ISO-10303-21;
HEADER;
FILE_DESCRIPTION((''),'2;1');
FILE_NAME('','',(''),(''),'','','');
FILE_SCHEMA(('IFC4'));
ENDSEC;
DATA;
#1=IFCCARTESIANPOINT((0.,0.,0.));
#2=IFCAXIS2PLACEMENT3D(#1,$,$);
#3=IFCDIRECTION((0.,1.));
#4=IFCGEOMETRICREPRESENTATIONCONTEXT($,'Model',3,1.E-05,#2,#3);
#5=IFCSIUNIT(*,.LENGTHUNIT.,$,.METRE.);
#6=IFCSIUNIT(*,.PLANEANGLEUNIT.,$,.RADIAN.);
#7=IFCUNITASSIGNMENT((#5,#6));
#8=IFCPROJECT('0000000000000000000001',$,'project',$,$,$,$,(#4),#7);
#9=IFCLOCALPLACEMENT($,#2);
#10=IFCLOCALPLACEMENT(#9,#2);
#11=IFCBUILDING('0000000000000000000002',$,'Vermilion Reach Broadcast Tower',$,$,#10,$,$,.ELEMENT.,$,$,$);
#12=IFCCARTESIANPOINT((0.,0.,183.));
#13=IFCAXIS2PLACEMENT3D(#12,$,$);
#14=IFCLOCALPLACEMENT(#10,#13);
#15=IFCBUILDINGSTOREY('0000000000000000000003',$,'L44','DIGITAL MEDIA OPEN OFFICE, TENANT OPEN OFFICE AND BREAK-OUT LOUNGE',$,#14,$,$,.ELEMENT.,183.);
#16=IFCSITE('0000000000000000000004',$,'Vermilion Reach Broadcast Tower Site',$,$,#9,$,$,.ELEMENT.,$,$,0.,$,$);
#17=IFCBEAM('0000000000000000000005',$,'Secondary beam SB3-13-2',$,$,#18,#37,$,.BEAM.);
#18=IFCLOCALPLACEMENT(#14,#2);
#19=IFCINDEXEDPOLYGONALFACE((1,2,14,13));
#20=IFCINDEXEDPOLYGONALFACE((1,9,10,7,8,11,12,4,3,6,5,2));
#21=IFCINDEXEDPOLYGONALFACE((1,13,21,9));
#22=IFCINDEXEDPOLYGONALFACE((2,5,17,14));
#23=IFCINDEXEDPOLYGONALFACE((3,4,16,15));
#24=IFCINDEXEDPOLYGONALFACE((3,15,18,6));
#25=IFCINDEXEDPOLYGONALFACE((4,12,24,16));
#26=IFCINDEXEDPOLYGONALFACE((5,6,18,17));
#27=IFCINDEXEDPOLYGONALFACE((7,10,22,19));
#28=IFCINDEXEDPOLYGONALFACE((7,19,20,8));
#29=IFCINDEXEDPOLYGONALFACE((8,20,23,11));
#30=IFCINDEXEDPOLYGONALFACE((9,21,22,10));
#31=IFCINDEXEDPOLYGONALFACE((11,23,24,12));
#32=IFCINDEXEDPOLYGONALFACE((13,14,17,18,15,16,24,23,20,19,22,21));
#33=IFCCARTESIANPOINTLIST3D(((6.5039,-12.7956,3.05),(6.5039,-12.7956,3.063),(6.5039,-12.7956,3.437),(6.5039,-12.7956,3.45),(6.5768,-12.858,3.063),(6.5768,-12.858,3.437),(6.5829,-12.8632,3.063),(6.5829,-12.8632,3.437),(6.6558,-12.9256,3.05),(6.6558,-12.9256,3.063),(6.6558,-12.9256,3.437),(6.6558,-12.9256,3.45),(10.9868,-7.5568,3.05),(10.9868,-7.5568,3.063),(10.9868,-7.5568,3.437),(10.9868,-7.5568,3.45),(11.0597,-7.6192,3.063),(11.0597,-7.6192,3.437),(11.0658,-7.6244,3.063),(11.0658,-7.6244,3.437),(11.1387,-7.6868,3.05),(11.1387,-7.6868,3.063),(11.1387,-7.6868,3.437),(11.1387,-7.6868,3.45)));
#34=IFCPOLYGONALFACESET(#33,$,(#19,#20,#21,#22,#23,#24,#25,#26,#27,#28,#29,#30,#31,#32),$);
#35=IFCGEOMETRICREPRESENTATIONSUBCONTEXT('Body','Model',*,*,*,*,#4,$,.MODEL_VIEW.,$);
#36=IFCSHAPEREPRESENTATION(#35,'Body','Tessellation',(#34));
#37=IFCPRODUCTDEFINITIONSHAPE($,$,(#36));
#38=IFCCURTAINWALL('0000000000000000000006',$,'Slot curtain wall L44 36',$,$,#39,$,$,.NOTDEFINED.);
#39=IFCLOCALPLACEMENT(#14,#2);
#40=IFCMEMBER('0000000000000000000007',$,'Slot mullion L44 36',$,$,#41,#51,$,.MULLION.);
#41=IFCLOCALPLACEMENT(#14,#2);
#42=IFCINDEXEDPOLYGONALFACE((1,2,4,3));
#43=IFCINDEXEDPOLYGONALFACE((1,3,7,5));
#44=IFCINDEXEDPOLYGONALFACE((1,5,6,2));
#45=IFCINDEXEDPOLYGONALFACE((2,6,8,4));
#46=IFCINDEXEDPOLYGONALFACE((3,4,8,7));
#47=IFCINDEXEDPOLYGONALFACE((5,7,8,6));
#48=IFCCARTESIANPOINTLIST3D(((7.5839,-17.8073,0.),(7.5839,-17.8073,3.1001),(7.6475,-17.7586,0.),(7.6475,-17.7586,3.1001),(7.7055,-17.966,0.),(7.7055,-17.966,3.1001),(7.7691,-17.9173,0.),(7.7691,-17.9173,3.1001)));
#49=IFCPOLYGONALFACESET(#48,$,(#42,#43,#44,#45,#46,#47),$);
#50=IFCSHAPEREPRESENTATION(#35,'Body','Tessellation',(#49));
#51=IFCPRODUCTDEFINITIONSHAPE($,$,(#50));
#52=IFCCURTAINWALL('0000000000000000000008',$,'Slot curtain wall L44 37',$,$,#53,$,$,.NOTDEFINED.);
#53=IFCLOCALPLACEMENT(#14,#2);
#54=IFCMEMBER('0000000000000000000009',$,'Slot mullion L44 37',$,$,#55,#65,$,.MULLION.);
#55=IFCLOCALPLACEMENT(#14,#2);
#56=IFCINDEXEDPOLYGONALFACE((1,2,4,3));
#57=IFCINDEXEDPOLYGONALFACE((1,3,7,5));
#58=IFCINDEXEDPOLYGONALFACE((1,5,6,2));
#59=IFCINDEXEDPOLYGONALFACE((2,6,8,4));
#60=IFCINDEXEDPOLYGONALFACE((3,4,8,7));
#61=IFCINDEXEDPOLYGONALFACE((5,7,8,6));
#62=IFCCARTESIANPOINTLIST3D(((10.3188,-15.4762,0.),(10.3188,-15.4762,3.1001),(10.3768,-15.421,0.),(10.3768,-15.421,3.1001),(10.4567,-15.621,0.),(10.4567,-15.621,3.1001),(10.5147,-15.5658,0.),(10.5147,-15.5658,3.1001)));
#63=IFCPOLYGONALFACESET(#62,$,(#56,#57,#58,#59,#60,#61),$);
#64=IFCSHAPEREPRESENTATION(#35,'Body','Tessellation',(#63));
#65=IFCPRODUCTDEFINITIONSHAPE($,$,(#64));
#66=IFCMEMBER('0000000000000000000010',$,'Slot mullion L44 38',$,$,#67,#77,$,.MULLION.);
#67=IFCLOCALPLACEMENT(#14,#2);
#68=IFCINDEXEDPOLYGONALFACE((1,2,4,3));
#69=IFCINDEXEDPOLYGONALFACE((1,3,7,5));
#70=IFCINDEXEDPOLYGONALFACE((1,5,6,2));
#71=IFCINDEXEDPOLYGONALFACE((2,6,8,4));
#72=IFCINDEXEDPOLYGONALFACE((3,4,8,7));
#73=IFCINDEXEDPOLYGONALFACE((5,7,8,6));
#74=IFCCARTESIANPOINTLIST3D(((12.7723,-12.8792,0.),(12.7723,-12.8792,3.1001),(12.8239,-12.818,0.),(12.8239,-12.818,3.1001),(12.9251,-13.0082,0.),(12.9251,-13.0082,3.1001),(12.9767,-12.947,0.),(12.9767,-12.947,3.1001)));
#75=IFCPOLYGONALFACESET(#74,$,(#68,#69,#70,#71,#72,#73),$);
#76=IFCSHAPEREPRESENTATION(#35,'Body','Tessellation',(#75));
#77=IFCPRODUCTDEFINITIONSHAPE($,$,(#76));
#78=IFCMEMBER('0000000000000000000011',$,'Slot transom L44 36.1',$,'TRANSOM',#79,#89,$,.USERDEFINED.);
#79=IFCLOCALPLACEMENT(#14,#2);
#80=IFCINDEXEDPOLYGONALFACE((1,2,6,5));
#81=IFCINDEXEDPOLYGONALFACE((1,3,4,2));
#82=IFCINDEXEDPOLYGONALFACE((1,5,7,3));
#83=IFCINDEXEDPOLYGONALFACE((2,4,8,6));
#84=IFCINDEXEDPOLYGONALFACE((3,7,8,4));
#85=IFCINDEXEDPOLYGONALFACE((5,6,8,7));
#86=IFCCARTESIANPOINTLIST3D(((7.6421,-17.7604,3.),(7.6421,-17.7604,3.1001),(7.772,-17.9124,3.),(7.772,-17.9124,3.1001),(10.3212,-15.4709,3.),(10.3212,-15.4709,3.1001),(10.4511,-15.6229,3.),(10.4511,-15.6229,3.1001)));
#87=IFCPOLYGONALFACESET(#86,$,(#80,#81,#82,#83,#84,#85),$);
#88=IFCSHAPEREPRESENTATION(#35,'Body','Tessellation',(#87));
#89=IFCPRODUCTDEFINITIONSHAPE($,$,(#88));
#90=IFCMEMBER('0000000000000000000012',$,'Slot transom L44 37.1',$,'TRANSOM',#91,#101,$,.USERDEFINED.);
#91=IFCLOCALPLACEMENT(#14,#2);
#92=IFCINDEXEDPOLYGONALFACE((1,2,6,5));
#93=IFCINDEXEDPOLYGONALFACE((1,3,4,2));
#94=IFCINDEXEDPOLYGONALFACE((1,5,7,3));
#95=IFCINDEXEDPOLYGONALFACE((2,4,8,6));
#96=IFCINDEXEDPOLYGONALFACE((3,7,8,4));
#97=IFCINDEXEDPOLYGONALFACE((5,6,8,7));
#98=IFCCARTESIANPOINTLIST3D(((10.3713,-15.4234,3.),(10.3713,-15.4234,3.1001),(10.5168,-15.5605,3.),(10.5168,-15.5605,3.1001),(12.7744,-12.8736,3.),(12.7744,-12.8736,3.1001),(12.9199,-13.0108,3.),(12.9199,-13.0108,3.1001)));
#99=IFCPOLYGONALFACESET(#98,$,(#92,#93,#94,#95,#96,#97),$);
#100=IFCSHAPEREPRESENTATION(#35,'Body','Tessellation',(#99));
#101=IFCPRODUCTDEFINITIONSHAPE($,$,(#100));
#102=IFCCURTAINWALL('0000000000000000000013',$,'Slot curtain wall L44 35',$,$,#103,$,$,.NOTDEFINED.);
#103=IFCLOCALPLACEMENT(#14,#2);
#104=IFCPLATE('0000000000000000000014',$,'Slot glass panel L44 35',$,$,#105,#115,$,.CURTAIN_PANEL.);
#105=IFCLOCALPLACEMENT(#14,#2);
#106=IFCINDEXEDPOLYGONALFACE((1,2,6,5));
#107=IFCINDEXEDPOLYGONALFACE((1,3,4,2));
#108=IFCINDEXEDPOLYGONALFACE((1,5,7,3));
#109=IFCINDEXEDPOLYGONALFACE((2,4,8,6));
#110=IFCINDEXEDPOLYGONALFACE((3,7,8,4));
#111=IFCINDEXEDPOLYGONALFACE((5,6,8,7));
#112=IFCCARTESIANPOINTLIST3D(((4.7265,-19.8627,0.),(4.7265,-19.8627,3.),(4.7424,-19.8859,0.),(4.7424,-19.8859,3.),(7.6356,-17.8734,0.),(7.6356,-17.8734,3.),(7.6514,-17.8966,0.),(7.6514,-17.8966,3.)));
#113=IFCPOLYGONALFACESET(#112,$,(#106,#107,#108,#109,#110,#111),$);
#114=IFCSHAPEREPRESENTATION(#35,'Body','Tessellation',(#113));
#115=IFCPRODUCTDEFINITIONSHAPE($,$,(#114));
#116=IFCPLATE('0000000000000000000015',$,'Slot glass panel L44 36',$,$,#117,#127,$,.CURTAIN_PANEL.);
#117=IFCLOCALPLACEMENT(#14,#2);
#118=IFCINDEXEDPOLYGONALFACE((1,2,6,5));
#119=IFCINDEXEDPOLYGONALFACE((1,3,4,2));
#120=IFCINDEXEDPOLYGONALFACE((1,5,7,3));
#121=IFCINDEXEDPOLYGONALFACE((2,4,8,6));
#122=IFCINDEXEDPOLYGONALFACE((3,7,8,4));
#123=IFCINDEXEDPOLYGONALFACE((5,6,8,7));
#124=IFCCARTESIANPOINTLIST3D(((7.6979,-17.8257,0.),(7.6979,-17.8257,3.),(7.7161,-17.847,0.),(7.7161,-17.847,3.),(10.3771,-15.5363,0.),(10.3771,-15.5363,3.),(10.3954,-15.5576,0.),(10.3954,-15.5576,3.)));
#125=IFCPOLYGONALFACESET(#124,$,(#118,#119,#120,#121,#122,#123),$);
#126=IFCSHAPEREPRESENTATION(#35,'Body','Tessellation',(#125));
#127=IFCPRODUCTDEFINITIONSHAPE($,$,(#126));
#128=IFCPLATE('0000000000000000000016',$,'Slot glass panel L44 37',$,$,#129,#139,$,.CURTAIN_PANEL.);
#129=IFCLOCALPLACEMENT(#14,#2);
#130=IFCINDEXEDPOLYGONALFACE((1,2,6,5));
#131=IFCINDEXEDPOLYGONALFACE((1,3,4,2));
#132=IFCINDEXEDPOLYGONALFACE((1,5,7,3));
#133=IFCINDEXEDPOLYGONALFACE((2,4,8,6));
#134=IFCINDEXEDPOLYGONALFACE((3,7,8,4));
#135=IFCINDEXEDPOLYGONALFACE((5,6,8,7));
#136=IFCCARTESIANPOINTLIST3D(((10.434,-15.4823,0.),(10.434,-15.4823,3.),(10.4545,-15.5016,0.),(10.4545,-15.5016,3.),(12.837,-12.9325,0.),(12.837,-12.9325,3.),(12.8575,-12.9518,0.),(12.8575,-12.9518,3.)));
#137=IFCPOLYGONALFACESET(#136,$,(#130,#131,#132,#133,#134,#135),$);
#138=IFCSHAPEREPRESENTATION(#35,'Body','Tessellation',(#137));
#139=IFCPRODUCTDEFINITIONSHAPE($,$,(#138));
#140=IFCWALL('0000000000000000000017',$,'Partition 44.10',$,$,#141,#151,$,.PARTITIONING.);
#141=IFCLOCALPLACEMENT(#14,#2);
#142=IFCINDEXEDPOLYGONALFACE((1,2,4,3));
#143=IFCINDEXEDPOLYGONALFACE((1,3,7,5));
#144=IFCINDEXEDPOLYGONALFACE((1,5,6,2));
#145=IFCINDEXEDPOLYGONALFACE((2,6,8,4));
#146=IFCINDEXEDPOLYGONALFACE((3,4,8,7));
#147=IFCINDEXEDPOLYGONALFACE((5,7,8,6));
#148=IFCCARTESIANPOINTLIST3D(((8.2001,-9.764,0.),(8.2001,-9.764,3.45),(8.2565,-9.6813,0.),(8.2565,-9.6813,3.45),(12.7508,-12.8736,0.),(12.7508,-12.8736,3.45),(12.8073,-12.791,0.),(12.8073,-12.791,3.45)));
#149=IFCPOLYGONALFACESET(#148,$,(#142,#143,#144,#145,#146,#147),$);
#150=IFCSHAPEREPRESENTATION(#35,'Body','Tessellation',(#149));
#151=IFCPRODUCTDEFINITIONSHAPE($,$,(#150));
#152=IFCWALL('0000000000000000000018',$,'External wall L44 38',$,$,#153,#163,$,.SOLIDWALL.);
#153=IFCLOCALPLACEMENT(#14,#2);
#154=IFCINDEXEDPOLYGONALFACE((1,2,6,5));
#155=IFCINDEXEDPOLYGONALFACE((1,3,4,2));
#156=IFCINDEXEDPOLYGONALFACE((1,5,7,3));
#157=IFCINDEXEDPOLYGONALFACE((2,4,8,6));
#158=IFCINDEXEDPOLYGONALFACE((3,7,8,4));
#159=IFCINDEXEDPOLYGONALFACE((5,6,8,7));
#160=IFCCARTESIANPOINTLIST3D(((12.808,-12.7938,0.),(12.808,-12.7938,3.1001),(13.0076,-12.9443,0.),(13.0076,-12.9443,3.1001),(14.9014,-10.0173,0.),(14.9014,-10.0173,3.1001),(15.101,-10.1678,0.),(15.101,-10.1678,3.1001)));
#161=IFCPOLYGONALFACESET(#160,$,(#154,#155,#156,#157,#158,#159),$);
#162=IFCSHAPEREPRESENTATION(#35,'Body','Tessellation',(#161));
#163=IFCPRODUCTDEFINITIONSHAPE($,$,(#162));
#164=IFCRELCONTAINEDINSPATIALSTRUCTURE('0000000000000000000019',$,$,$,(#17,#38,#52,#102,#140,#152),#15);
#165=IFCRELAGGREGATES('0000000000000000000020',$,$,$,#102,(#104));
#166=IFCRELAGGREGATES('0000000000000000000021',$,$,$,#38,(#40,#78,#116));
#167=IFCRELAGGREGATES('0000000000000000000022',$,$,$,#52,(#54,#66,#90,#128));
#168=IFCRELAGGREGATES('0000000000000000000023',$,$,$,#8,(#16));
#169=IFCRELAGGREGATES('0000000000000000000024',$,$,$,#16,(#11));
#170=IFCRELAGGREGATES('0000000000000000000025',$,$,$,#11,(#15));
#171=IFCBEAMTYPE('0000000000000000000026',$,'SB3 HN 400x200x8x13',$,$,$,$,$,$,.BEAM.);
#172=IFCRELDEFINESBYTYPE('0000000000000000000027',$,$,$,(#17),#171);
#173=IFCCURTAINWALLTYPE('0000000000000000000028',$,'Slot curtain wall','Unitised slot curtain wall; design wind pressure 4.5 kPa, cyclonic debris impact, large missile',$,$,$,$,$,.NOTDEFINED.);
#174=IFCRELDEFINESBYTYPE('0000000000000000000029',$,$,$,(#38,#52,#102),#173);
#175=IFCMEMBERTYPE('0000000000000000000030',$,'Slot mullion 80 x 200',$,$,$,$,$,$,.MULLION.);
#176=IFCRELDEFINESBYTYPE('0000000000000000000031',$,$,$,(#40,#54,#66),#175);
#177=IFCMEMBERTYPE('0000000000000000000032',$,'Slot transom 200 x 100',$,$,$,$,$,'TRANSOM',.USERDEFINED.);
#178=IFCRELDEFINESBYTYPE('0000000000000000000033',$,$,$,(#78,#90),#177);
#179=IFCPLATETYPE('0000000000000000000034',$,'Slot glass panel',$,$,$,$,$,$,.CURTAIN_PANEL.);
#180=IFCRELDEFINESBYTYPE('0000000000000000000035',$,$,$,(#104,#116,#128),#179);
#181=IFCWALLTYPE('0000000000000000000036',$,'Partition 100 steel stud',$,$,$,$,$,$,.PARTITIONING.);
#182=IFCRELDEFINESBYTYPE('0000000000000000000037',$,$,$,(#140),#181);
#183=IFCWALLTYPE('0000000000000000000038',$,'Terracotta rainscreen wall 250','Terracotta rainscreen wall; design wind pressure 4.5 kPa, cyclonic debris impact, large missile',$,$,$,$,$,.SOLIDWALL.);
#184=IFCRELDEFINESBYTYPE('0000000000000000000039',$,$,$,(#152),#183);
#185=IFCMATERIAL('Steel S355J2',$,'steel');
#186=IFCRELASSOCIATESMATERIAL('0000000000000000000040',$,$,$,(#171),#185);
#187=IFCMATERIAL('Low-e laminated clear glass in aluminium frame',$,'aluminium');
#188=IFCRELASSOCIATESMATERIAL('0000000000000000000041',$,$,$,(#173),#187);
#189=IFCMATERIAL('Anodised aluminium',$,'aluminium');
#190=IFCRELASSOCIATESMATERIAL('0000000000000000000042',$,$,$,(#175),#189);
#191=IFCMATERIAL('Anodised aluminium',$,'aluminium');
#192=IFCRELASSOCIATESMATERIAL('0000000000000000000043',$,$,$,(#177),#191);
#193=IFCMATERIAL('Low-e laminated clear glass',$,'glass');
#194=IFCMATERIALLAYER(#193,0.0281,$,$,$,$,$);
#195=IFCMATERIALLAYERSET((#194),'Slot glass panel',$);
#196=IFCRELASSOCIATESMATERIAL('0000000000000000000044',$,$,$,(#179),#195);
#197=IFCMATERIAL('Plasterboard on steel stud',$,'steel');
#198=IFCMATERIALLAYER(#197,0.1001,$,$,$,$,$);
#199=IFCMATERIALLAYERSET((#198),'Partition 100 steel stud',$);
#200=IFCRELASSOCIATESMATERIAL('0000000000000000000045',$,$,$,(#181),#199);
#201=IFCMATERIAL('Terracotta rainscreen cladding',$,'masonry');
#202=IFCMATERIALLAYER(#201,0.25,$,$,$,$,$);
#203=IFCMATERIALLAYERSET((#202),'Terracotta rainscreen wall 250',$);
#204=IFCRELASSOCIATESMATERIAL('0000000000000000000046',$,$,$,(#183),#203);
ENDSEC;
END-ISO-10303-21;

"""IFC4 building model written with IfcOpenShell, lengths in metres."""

from ifc_helpers import new_model, si_unit, direction, frame, frame_2d, origin, origin_2d, place, context, subcontext, project, spatial, rectangle, i_section, extrude, material, layer, layer_set, material_profile, profile_set, type_object, element, aggregate, save


model = new_model("IFC4")

# Units and contexts
model_context = context("Model", 3, precision=1e-05, world=origin(), true_north=direction((0.0, 1.0)))
body_context = subcontext(model_context, "Body", "Model", "MODEL_VIEW")
ifc_project = project(units=[si_unit("LENGTHUNIT", "METRE"), si_unit("PLANEANGLEUNIT", "RADIAN")], contexts=[model_context])

# Site, building, storey
site_placement = place(None, origin())
site = spatial("IfcSite", under=ifc_project, at=site_placement, Name="Vermilion Reach Broadcast Tower Site", CompositionType="ELEMENT", RefElevation=0.0)
building_placement = place(site_placement, origin())
building = spatial("IfcBuilding", under=site, at=building_placement, Name="Vermilion Reach Broadcast Tower", CompositionType="ELEMENT")
storey_placement = place(building_placement, frame((0.0, 0.0, 183.0)))
storey = spatial("IfcBuildingStorey", under=building, at=storey_placement, Name="L44", Description="DIGITAL MEDIA OPEN OFFICE, TENANT OPEN OFFICE AND BREAK-OUT LOUNGE", CompositionType="ELEMENT", Elevation=183.0)

# Beam
ifc_material_1 = material(Name="Steel S355J2", Category="steel")
ifc_material_profile_1 = material_profile(ifc_material_1, i_section(OverallWidth=0.2, OverallDepth=0.3999, WebThickness=0.0081, FlangeThickness=0.0129, at=origin_2d()), Name="S355J2 HN 400x200x8x13")
ifc_profile_set_1 = profile_set([ifc_material_profile_1], Name="Steel S355J2")
beam_type_1 = type_object("IfcBeamType", Name="SB3 HN 400x200x8x13", PredefinedType="BEAM", material=ifc_profile_set_1)
beam_1_placement = place(storey_placement, frame((6.5798, -12.8606, 3.25), z_axis=(0.650167, 0.759791, 0.0), x_axis=(-0.759791, 0.650167, 0.0)))
element("IfcBeam", 1, at=beam_1_placement, inside=storey, type_object=beam_type_1, Name="Secondary beam SB3-13-2", PredefinedType="BEAM", context=body_context, shape_type="SweptSolid", body=[
    extrude(i_section(OverallWidth=0.2, OverallDepth=0.3999, WebThickness=0.0081, FlangeThickness=0.0129, at=origin_2d()), origin(), (0.0, 0.0, 1.0), 6.895),
])

# Curtain wall, member
ifc_material_2 = material(Name="Low-e laminated clear glass in aluminium frame", Category="aluminium")
curtain_wall_type = type_object("IfcCurtainWallType", Name="Slot curtain wall", Description="Unitised slot curtain wall; design wind pressure 4.5 kPa, cyclonic debris impact, large missile", PredefinedType="NOTDEFINED", material=ifc_material_2)
placement = place(storey_placement, origin())
curtain_wall_1 = element("IfcCurtainWall", 2, at=placement, inside=storey, type_object=curtain_wall_type, Name="Slot curtain wall L44 36", PredefinedType="NOTDEFINED")
ifc_material_3 = material(Name="Anodised aluminium", Category="aluminium")
ifc_material_profile_2 = material_profile(ifc_material_3, rectangle(XDim=0.2, YDim=0.0801, at=origin_2d()), Name="Slot mullion 80 x 200")
ifc_profile_set_2 = profile_set([ifc_material_profile_2], Name="Anodised aluminium")
member_type_1 = type_object("IfcMemberType", Name="Slot mullion 80 x 200", PredefinedType="MULLION", material=ifc_profile_set_2)
member_1_placement = place(storey_placement, frame((7.6765, -17.8623, 0.0), z_axis=(0.0, 0.0, 1.0), x_axis=(-0.60793, 0.79399, 0.0)))
member_1 = element("IfcMember", 3, at=member_1_placement, type_object=member_type_1, Name="Slot mullion L44 36", PredefinedType="MULLION", context=body_context, shape_type="SweptSolid", body=[
    extrude(rectangle(XDim=0.2, YDim=0.0801, at=origin_2d()), origin(), (0.0, 0.0, 1.0), 3.1001),
])

# Curtain wall, members
curtain_wall_2 = element("IfcCurtainWall", 4, at=placement, inside=storey, type_object=curtain_wall_type, Name="Slot curtain wall L44 37", PredefinedType="NOTDEFINED")
member_2_placement = place(storey_placement, frame((10.4167, -15.521, 0.0), z_axis=(0.0, 0.0, 1.0), x_axis=(-0.689694, 0.724101, 0.0)))
member_2 = element("IfcMember", 5, at=member_2_placement, type_object=member_type_1, Name="Slot mullion L44 37", PredefinedType="MULLION", context=body_context, shape_type="SweptSolid", body=[
    extrude(rectangle(XDim=0.2, YDim=0.0801, at=origin_2d()), origin(), (0.0, 0.0, 1.0), 3.1001),
])
member_3_placement = place(storey_placement, frame((12.8745, -12.9131, 0.0), z_axis=(0.0, 0.0, 1.0), x_axis=(-0.764258, 0.644911, 0.0)))
member_3 = element("IfcMember", 6, at=member_3_placement, type_object=member_type_1, Name="Slot mullion L44 38", PredefinedType="MULLION", context=body_context, shape_type="SweptSolid", body=[
    extrude(rectangle(XDim=0.2, YDim=0.0801, at=origin_2d()), origin(), (0.0, 0.0, 1.0), 3.1001),
])

# Members
ifc_material_4 = material(Name="Anodised aluminium", Category="aluminium")
ifc_material_profile_3 = material_profile(ifc_material_4, rectangle(XDim=0.2, YDim=0.1001, at=origin_2d()), Name="Slot transom 200 x 100")
ifc_profile_set_3 = profile_set([ifc_material_profile_3], Name="Anodised aluminium")
member_type_2 = type_object("IfcMemberType", Name="Slot transom 200 x 100", ElementType="TRANSOM", PredefinedType="USERDEFINED", material=ifc_profile_set_3)
member_4_placement = place(storey_placement, frame((7.707, -17.8364, 3.05), z_axis=(0.760224, 0.649661, 0.0), x_axis=(-0.649661, 0.760224, 0.0)))
member_4 = element("IfcMember", 7, at=member_4_placement, type_object=member_type_2, Name="Slot transom L44 36.1", ObjectType="TRANSOM", PredefinedType="USERDEFINED", context=body_context, shape_type="SweptSolid", body=[
    extrude(rectangle(XDim=0.2, YDim=0.1001, at=origin_2d()), origin(), (0.0, 0.0, 1.0), 3.5242),
])
member_5_placement = place(storey_placement, frame((10.4441, -15.4919, 3.05), z_axis=(0.685858, 0.727735, 0.0), x_axis=(-0.727735, 0.685858, 0.0)))
member_5 = element("IfcMember", 8, at=member_5_placement, type_object=member_type_2, Name="Slot transom L44 37.1", ObjectType="TRANSOM", PredefinedType="USERDEFINED", context=body_context, shape_type="SweptSolid", body=[
    extrude(rectangle(XDim=0.2, YDim=0.1001, at=origin_2d()), origin(), (0.0, 0.0, 1.0), 3.5037),
])

# Curtain wall, plate
curtain_wall_3 = element("IfcCurtainWall", 9, at=placement, inside=storey, type_object=curtain_wall_type, Name="Slot curtain wall L44 35", PredefinedType="NOTDEFINED")
ifc_material_5 = material(Name="Low-e laminated clear glass", Category="glass")
ifc_layer_1 = layer(ifc_material_5, 0.0281)
ifc_layer_set_1 = layer_set([ifc_layer_1], Name="Slot glass panel")
plate_type = type_object("IfcPlateType", Name="Slot glass panel", PredefinedType="CURTAIN_PANEL", material=ifc_layer_set_1)
plate_1_placement = place(storey_placement, frame((6.189, -18.8796, 0.0), z_axis=(0.0, 0.0, 1.0), x_axis=(0.825452, 0.564473, 0.0)))
plate_1 = element("IfcPlate", 10, at=plate_1_placement, type_object=plate_type, Name="Slot glass panel L44 35", PredefinedType="CURTAIN_PANEL", context=body_context, shape_type="SweptSolid", body=[
    extrude(rectangle(XDim=3.5242, YDim=0.0281, at=origin_2d()), origin(), (0.0, 0.0, 1.0), 3.0),
])
aggregate(curtain_wall_3, [plate_1])

# Plates
plate_2_placement = place(storey_placement, frame((9.0466, -16.6917, 0.0), z_axis=(0.0, 0.0, 1.0), x_axis=(0.760244, 0.649638, 0.0)))
plate_2 = element("IfcPlate", 11, at=plate_2_placement, type_object=plate_type, Name="Slot glass panel L44 36", PredefinedType="CURTAIN_PANEL", context=body_context, shape_type="SweptSolid", body=[
    extrude(rectangle(XDim=3.5242, YDim=0.0281, at=origin_2d()), origin(), (0.0, 0.0, 1.0), 3.0),
])
aggregate(curtain_wall_1, [member_1, member_4, plate_2])
plate_3_placement = place(storey_placement, frame((11.6458, -14.217, 0.0), z_axis=(0.0, 0.0, 1.0), x_axis=(0.68585, 0.727743, 0.0)))
plate_3 = element("IfcPlate", 12, at=plate_3_placement, type_object=plate_type, Name="Slot glass panel L44 37", PredefinedType="CURTAIN_PANEL", context=body_context, shape_type="SweptSolid", body=[
    extrude(rectangle(XDim=3.5037, YDim=0.0281, at=origin_2d()), origin(), (0.0, 0.0, 1.0), 3.0),
])
aggregate(curtain_wall_2, [member_2, member_3, member_5, plate_3])

# Walls
ifc_material_6 = material(Name="Plasterboard on steel stud", Category="steel")
ifc_layer_2 = layer(ifc_material_6, 0.1001)
ifc_layer_set_2 = layer_set([ifc_layer_2], Name="Partition 100 steel stud")
wall_type_1 = type_object("IfcWallType", Name="Partition 100 steel stud", PredefinedType="PARTITIONING", material=ifc_layer_set_2)
wall_1_placement = place(storey_placement, frame((12.7791, -12.8323, 0.0), z_axis=(0.0, 0.0, 1.0), x_axis=(-0.825652, 0.56418, 0.0)))
element("IfcWall", 13, at=wall_1_placement, inside=storey, type_object=wall_type_1, Name="Partition 44.10", PredefinedType="PARTITIONING", context=body_context, shape_type="SweptSolid", body=[
    extrude(rectangle(XDim=5.5117, YDim=0.1001, at=frame_2d((2.7559, 0.0))), origin(), (0.0, 0.0, 1.0), 3.45),
])
ifc_material_7 = material(Name="Terracotta rainscreen cladding", Category="masonry")
ifc_layer_3 = layer(ifc_material_7, 0.25)
ifc_layer_set_3 = layer_set([ifc_layer_3], Name="Terracotta rainscreen wall 250")
wall_type_2 = type_object("IfcWallType", Name="Terracotta rainscreen wall 250", Description="Terracotta rainscreen wall; design wind pressure 4.5 kPa, cyclonic debris impact, large missile", PredefinedType="SOLIDWALL", material=ifc_layer_set_3)
wall_2_placement = place(storey_placement, frame((12.9077, -12.8691, 0.0), z_axis=(0.0, 0.0, 1.0), x_axis=(0.602031, 0.798473, 0.0)))
element("IfcWall", 14, at=wall_2_placement, inside=storey, type_object=wall_type_2, Name="External wall L44 38", PredefinedType="SOLIDWALL", context=body_context, shape_type="SweptSolid", body=[
    extrude(rectangle(XDim=3.4773, YDim=0.25, at=frame_2d((1.7388, 0.0))), origin(), (0.0, 0.0, 1.0), 3.1001),
])

save(model, "model.ifc")
